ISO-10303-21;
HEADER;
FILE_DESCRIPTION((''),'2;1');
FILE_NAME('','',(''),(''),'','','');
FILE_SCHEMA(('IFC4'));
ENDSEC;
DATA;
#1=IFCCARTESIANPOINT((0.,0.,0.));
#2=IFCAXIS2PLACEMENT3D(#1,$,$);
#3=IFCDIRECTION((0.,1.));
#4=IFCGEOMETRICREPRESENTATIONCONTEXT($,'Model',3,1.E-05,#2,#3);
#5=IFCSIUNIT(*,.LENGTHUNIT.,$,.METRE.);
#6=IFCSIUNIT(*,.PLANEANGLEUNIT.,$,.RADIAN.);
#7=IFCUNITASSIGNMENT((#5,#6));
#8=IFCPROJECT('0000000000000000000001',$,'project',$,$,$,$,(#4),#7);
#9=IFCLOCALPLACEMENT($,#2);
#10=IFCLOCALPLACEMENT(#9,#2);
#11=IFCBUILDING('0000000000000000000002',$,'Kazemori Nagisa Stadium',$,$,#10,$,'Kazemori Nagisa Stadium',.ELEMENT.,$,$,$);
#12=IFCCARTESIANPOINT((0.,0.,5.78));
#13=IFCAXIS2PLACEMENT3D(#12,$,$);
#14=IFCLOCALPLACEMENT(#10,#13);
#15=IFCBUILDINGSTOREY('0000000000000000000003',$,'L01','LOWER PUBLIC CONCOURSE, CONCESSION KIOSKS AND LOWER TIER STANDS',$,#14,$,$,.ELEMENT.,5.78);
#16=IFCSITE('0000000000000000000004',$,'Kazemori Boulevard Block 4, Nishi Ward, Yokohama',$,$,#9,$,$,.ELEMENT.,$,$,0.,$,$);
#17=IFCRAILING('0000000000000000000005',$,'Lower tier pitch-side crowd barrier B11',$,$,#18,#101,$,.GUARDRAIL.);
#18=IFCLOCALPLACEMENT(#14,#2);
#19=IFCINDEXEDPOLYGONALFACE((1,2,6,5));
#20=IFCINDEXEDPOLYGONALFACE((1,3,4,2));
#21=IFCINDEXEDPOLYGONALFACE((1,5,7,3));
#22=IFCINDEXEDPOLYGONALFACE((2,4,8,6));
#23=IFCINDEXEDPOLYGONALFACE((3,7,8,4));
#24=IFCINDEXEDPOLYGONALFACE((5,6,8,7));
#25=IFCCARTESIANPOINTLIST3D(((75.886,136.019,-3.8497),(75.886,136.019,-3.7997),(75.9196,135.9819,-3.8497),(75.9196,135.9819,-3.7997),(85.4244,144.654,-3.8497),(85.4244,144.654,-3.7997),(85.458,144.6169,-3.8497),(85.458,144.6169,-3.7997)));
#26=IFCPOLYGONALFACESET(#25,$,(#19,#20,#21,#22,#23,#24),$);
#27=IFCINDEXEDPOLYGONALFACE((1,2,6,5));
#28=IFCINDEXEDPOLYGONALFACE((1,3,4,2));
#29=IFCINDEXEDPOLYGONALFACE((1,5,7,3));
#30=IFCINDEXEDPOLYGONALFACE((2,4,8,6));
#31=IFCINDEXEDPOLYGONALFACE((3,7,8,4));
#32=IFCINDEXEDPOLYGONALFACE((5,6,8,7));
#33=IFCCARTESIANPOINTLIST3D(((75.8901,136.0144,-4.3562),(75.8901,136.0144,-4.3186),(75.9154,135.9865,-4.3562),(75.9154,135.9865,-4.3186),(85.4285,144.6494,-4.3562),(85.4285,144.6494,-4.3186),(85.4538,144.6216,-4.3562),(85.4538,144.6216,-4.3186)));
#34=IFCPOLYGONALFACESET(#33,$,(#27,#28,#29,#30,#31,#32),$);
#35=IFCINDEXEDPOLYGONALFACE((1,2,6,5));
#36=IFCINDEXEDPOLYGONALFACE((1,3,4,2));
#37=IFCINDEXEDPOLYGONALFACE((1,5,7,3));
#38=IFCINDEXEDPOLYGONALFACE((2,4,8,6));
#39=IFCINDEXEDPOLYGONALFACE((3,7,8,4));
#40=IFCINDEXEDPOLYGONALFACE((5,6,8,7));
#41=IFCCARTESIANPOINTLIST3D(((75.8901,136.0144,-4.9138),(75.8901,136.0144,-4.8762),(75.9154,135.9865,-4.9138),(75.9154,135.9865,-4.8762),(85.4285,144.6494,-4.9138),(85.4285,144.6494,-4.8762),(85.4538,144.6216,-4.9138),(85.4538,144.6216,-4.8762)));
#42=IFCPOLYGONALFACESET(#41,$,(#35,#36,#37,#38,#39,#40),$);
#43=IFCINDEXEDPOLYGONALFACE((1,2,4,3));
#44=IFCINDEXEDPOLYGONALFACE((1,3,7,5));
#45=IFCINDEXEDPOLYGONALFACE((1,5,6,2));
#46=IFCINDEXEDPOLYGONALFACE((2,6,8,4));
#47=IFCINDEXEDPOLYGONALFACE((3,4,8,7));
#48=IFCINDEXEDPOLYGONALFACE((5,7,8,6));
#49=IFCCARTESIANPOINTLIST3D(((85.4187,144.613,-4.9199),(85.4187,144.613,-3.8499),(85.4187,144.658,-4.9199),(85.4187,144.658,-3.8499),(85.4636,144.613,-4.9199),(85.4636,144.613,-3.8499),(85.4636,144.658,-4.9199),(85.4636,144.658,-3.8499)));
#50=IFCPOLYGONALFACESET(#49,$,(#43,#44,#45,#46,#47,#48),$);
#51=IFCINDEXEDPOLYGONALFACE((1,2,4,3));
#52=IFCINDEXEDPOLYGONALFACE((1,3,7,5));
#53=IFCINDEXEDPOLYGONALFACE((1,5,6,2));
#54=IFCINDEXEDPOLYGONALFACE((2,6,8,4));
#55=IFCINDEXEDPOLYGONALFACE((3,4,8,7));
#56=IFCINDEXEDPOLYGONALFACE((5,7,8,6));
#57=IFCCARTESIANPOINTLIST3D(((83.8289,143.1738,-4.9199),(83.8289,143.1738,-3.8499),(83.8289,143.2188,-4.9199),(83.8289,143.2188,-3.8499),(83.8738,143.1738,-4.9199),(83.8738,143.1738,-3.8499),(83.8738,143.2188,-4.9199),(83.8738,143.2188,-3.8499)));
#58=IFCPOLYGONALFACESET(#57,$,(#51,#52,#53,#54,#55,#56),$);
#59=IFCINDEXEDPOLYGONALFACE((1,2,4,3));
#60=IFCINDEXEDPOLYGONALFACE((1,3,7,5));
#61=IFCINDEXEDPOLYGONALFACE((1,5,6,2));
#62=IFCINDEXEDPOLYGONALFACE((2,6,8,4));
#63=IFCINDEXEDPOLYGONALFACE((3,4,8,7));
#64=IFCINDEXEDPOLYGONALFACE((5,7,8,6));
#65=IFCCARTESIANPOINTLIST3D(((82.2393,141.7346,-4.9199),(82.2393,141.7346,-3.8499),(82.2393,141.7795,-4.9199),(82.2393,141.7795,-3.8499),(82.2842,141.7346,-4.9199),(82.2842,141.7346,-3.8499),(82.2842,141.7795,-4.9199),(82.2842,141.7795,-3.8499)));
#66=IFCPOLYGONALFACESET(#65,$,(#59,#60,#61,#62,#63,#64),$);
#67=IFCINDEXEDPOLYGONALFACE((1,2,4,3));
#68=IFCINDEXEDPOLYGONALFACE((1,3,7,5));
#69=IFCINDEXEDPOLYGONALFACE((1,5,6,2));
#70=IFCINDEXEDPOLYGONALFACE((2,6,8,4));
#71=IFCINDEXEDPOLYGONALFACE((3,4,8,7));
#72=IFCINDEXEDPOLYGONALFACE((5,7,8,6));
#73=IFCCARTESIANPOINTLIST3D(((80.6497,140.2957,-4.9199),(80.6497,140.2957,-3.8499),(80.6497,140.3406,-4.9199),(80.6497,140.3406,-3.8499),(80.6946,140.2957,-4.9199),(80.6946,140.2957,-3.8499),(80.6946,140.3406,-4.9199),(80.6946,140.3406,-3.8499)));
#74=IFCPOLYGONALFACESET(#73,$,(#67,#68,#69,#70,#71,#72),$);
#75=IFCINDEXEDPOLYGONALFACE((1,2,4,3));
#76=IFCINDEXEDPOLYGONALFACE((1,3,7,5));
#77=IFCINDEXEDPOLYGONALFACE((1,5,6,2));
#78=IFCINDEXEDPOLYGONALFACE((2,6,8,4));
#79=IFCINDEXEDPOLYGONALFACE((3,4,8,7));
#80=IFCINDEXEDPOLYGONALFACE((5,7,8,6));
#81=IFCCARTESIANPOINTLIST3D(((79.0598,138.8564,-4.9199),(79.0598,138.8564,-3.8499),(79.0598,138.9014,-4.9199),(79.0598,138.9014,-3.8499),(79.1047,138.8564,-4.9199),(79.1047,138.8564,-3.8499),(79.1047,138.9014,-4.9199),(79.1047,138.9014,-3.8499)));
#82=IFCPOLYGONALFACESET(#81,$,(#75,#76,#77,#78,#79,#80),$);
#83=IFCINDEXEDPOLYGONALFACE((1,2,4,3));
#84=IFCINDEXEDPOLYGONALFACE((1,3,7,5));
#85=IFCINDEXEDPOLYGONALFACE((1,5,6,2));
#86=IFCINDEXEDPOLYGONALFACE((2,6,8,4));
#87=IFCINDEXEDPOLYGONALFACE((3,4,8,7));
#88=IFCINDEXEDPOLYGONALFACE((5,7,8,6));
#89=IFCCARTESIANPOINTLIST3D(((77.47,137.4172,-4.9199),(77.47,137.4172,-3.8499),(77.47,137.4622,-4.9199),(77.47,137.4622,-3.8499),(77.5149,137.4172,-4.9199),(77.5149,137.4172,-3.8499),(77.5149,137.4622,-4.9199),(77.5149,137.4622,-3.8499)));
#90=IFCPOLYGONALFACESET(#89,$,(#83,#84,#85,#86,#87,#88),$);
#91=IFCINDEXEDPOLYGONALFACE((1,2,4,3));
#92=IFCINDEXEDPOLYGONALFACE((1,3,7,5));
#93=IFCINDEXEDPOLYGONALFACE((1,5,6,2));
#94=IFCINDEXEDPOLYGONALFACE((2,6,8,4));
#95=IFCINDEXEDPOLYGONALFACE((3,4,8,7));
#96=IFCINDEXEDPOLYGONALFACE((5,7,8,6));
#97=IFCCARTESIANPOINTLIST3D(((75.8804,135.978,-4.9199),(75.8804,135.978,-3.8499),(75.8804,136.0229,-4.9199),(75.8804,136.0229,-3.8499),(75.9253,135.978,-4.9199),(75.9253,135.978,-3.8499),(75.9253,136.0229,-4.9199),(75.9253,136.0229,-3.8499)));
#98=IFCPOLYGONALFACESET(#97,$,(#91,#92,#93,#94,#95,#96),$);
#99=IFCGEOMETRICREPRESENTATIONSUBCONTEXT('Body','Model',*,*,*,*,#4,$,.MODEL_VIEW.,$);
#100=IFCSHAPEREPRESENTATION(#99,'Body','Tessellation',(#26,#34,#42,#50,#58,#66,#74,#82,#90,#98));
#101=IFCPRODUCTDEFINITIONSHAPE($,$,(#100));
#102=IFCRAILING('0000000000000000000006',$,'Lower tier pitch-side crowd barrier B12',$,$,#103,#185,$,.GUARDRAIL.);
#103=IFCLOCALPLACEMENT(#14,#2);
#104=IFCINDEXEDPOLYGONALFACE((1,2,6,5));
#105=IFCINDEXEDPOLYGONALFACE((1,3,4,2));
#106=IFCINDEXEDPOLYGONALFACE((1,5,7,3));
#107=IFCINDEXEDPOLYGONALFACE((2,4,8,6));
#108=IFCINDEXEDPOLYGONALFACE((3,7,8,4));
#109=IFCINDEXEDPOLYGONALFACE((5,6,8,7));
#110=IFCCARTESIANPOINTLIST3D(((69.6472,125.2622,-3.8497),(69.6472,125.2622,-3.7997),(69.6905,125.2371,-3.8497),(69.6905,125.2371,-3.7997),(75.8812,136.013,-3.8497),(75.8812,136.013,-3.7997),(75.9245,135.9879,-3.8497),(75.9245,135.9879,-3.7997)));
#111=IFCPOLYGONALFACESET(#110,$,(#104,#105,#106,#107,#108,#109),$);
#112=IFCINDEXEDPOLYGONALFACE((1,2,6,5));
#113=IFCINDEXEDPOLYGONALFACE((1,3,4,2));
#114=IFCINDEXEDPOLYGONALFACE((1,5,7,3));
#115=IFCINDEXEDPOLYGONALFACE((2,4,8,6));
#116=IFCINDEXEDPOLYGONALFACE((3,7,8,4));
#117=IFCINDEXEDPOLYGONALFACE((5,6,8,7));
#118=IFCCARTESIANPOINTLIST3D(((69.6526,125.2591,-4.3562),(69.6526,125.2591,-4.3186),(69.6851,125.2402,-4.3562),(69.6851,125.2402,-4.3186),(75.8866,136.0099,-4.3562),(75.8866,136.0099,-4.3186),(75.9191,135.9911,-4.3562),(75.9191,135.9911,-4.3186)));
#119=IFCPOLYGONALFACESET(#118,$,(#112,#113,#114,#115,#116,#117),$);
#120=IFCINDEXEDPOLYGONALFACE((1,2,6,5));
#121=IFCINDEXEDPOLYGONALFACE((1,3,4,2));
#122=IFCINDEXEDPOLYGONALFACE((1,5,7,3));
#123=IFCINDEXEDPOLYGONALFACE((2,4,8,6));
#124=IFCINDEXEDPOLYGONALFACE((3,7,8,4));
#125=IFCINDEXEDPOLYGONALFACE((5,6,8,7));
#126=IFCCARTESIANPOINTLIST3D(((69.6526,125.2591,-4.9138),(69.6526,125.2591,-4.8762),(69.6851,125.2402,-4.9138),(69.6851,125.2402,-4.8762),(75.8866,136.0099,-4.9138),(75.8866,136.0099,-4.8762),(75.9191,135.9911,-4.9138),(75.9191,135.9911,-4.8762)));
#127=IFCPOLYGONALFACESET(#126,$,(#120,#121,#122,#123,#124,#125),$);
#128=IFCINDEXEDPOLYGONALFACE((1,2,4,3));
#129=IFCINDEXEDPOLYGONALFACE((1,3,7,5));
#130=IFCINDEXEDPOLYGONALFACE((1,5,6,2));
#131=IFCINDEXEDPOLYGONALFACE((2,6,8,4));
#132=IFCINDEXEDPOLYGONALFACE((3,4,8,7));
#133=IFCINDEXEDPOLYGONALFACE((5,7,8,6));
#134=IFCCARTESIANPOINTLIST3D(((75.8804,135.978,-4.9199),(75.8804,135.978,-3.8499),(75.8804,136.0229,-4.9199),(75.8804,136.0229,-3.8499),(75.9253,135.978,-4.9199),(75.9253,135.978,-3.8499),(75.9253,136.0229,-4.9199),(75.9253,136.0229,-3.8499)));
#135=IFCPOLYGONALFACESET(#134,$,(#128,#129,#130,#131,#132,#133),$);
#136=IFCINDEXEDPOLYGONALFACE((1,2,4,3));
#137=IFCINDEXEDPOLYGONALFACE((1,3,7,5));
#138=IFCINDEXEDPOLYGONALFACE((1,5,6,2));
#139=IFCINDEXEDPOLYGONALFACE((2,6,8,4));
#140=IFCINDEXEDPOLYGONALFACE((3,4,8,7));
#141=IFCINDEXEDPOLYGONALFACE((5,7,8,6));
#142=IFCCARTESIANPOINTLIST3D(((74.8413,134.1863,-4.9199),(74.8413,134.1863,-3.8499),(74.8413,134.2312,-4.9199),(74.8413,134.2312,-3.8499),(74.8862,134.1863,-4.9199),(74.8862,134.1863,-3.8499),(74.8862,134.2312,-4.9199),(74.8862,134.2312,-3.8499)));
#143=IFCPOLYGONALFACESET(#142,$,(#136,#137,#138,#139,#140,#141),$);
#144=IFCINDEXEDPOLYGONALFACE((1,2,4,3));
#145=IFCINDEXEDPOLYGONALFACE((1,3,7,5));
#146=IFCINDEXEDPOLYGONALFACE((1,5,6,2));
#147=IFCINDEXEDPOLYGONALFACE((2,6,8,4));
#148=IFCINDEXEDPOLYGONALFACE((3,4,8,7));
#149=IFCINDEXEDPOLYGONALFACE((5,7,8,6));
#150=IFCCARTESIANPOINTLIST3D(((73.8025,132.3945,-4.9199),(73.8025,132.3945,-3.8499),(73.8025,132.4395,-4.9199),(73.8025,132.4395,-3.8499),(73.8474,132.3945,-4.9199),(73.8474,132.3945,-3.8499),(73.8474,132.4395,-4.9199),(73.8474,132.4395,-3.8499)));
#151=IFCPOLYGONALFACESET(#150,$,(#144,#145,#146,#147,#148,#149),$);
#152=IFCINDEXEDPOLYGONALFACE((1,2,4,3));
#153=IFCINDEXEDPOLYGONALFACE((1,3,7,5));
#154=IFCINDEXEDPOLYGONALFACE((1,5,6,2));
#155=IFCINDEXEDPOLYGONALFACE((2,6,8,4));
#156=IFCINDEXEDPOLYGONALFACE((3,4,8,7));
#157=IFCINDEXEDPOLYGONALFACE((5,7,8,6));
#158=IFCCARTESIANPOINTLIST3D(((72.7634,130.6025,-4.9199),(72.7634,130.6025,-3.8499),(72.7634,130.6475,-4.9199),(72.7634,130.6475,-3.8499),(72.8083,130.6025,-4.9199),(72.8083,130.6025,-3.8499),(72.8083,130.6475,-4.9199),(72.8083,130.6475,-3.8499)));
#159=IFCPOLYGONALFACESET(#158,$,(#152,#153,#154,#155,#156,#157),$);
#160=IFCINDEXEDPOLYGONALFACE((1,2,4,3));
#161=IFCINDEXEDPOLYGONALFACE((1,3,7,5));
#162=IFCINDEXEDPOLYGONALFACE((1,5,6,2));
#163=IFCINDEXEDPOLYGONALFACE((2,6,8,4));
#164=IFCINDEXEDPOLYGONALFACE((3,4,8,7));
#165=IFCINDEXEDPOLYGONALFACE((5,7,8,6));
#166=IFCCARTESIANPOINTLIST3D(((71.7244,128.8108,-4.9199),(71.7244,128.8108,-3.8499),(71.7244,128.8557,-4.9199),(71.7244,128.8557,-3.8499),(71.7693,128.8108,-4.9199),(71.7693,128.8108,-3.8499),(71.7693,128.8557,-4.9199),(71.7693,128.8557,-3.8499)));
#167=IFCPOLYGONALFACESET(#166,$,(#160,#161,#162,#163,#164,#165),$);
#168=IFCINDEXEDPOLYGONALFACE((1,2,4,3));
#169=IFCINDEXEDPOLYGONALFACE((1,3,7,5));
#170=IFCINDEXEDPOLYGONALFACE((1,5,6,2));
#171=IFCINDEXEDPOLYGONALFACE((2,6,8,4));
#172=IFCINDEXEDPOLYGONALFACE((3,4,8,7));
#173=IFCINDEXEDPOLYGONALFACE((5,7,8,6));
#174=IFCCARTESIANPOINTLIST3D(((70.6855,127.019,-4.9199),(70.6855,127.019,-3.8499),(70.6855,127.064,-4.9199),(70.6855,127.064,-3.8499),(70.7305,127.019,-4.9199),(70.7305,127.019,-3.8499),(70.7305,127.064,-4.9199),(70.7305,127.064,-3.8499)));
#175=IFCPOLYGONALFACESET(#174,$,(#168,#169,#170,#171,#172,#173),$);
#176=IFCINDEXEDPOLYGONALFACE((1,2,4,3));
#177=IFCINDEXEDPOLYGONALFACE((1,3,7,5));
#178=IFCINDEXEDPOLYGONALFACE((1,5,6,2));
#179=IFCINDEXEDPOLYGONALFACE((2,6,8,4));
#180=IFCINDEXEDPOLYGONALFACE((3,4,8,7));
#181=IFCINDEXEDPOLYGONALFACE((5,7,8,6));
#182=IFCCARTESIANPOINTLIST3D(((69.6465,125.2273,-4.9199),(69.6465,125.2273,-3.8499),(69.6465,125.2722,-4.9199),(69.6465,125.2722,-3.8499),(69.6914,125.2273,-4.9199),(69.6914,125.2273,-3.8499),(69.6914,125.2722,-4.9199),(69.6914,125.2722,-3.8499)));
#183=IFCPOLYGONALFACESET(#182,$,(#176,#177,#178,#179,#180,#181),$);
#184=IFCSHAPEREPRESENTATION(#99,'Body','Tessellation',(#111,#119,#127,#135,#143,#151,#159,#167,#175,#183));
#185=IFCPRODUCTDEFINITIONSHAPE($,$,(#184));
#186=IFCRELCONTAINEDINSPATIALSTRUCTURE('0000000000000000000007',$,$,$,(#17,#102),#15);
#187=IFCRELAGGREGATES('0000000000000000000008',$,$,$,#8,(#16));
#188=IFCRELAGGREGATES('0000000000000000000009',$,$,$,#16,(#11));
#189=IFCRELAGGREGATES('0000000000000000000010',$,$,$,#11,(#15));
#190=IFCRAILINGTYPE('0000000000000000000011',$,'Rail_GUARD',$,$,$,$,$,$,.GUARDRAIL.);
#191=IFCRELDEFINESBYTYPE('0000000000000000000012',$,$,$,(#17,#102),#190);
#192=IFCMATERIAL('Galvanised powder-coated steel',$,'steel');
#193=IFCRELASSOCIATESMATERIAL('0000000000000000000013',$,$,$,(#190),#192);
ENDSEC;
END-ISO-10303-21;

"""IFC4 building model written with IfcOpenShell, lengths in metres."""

from ifc_helpers import new_model, si_unit, direction, frame, origin, origin_2d, place, context, subcontext, project, spatial, rectangle, extrude, material, type_object, element, save


model = new_model("IFC4")

# Units and contexts
model_context = context("Model", 3, precision=1e-05, world=origin(), true_north=direction((0.0, 1.0)))
body_context = subcontext(model_context, "Body", "Model", "MODEL_VIEW")
ifc_project = project(units=[si_unit("LENGTHUNIT", "METRE"), si_unit("PLANEANGLEUNIT", "RADIAN")], contexts=[model_context])

# Site, building, storey
site_placement = place(None, origin())
site = spatial("IfcSite", under=ifc_project, at=site_placement, Name="Kazemori Boulevard Block 4, Nishi Ward, Yokohama", CompositionType="ELEMENT", RefElevation=0.0)
building_placement = place(site_placement, origin())
building = spatial("IfcBuilding", under=site, at=building_placement, Name="Kazemori Nagisa Stadium", LongName="Kazemori Nagisa Stadium", CompositionType="ELEMENT")
storey_placement = place(building_placement, frame((0.0, 0.0, 5.78)))
storey = spatial("IfcBuildingStorey", under=building, at=storey_placement, Name="L01", Description="LOWER PUBLIC CONCOURSE, CONCESSION KIOSKS AND LOWER TIER STANDS", CompositionType="ELEMENT", Elevation=5.78)

# Railings
ifc_material_1 = material(Name="Galvanised powder-coated steel", Category="steel")
railing_type_1 = type_object("IfcRailingType", Name="Rail_GUARD", PredefinedType="GUARDRAIL", material=ifc_material_1)
railing_1_placement = place(storey_placement, frame((85.4412, 144.6355, -4.9199)))
element("IfcRailing", 1, at=railing_1_placement, inside=storey, type_object=railing_type_1, Name="Lower tier pitch-side crowd barrier B11", PredefinedType="GUARDRAIL", context=body_context, shape_type="SweptSolid", body=[
    extrude(rectangle(XDim=0.05, YDim=0.05, at=origin_2d()), frame((0.0, 0.0, 1.0952), z_axis=(-0.741339, -0.671131, 0.0), x_axis=(0.671131, -0.741339, 0.0)), (0.0, 0.0, 1.0), 12.8665),
    extrude(rectangle(XDim=0.0376, YDim=0.0376, at=origin_2d()), frame((0.0, 0.0, 0.5825), z_axis=(-0.741339, -0.671131, 0.0), x_axis=(0.671131, -0.741339, 0.0)), (0.0, 0.0, 1.0), 12.8665),
    extrude(rectangle(XDim=0.0376, YDim=0.0376, at=origin_2d()), frame((0.0, 0.0, 0.0249), z_axis=(-0.741339, -0.671131, 0.0), x_axis=(0.671131, -0.741339, 0.0)), (0.0, 0.0, 1.0), 12.8665),
    extrude(rectangle(XDim=0.0449, YDim=0.0449, at=origin_2d()), origin(), (0.0, 0.0, 1.0), 1.0701),
    extrude(rectangle(XDim=0.0449, YDim=0.0449, at=origin_2d()), frame((-1.5898, -1.4392, 0.0)), (0.0, 0.0, 1.0), 1.0701),
    extrude(rectangle(XDim=0.0449, YDim=0.0449, at=origin_2d()), frame((-3.1794, -2.8784, 0.0)), (0.0, 0.0, 1.0), 1.0701),
    extrude(rectangle(XDim=0.0449, YDim=0.0449, at=origin_2d()), frame((-4.769, -4.3174, 0.0)), (0.0, 0.0, 1.0), 1.0701),
    extrude(rectangle(XDim=0.0449, YDim=0.0449, at=origin_2d()), frame((-6.3589, -5.7566, 0.0)), (0.0, 0.0, 1.0), 1.0701),
    extrude(rectangle(XDim=0.0449, YDim=0.0449, at=origin_2d()), frame((-7.9487, -7.1958, 0.0)), (0.0, 0.0, 1.0), 1.0701),
    extrude(rectangle(XDim=0.0449, YDim=0.0449, at=origin_2d()), frame((-9.5383, -8.635, 0.0)), (0.0, 0.0, 1.0), 1.0701),
])
railing_2_placement = place(storey_placement, frame((75.9028, 136.0005, -4.9199)))
element("IfcRailing", 2, at=railing_2_placement, inside=storey, type_object=railing_type_1, Name="Lower tier pitch-side crowd barrier B12", PredefinedType="GUARDRAIL", context=body_context, shape_type="SweptSolid", body=[
    extrude(rectangle(XDim=0.05, YDim=0.05, at=origin_2d()), frame((0.0, 0.0, 1.0952), z_axis=(-0.501625, -0.865085, 0.0), x_axis=(0.865085, -0.501625, 0.0)), (0.0, 0.0, 1.0), 12.4275),
    extrude(rectangle(XDim=0.0376, YDim=0.0376, at=origin_2d()), frame((0.0, 0.0, 0.5825), z_axis=(-0.501625, -0.865085, 0.0), x_axis=(0.865085, -0.501625, 0.0)), (0.0, 0.0, 1.0), 12.4275),
    extrude(rectangle(XDim=0.0376, YDim=0.0376, at=origin_2d()), frame((0.0, 0.0, 0.0249), z_axis=(-0.501625, -0.865085, 0.0), x_axis=(0.865085, -0.501625, 0.0)), (0.0, 0.0, 1.0), 12.4275),
    extrude(rectangle(XDim=0.0449, YDim=0.0449, at=origin_2d()), origin(), (0.0, 0.0, 1.0), 1.0701),
    extrude(rectangle(XDim=0.0449, YDim=0.0449, at=origin_2d()), frame((-1.0391, -1.7917, 0.0)), (0.0, 0.0, 1.0), 1.0701),
    extrude(rectangle(XDim=0.0449, YDim=0.0449, at=origin_2d()), frame((-2.0779, -3.5835, 0.0)), (0.0, 0.0, 1.0), 1.0701),
    extrude(rectangle(XDim=0.0449, YDim=0.0449, at=origin_2d()), frame((-3.1169, -5.3755, 0.0)), (0.0, 0.0, 1.0), 1.0701),
    extrude(rectangle(XDim=0.0449, YDim=0.0449, at=origin_2d()), frame((-4.156, -7.1672, 0.0)), (0.0, 0.0, 1.0), 1.0701),
    extrude(rectangle(XDim=0.0449, YDim=0.0449, at=origin_2d()), frame((-5.1948, -8.959, 0.0)), (0.0, 0.0, 1.0), 1.0701),
    extrude(rectangle(XDim=0.0449, YDim=0.0449, at=origin_2d()), frame((-6.2339, -10.7507, 0.0)), (0.0, 0.0, 1.0), 1.0701),
])

save(model, "model.ifc")
